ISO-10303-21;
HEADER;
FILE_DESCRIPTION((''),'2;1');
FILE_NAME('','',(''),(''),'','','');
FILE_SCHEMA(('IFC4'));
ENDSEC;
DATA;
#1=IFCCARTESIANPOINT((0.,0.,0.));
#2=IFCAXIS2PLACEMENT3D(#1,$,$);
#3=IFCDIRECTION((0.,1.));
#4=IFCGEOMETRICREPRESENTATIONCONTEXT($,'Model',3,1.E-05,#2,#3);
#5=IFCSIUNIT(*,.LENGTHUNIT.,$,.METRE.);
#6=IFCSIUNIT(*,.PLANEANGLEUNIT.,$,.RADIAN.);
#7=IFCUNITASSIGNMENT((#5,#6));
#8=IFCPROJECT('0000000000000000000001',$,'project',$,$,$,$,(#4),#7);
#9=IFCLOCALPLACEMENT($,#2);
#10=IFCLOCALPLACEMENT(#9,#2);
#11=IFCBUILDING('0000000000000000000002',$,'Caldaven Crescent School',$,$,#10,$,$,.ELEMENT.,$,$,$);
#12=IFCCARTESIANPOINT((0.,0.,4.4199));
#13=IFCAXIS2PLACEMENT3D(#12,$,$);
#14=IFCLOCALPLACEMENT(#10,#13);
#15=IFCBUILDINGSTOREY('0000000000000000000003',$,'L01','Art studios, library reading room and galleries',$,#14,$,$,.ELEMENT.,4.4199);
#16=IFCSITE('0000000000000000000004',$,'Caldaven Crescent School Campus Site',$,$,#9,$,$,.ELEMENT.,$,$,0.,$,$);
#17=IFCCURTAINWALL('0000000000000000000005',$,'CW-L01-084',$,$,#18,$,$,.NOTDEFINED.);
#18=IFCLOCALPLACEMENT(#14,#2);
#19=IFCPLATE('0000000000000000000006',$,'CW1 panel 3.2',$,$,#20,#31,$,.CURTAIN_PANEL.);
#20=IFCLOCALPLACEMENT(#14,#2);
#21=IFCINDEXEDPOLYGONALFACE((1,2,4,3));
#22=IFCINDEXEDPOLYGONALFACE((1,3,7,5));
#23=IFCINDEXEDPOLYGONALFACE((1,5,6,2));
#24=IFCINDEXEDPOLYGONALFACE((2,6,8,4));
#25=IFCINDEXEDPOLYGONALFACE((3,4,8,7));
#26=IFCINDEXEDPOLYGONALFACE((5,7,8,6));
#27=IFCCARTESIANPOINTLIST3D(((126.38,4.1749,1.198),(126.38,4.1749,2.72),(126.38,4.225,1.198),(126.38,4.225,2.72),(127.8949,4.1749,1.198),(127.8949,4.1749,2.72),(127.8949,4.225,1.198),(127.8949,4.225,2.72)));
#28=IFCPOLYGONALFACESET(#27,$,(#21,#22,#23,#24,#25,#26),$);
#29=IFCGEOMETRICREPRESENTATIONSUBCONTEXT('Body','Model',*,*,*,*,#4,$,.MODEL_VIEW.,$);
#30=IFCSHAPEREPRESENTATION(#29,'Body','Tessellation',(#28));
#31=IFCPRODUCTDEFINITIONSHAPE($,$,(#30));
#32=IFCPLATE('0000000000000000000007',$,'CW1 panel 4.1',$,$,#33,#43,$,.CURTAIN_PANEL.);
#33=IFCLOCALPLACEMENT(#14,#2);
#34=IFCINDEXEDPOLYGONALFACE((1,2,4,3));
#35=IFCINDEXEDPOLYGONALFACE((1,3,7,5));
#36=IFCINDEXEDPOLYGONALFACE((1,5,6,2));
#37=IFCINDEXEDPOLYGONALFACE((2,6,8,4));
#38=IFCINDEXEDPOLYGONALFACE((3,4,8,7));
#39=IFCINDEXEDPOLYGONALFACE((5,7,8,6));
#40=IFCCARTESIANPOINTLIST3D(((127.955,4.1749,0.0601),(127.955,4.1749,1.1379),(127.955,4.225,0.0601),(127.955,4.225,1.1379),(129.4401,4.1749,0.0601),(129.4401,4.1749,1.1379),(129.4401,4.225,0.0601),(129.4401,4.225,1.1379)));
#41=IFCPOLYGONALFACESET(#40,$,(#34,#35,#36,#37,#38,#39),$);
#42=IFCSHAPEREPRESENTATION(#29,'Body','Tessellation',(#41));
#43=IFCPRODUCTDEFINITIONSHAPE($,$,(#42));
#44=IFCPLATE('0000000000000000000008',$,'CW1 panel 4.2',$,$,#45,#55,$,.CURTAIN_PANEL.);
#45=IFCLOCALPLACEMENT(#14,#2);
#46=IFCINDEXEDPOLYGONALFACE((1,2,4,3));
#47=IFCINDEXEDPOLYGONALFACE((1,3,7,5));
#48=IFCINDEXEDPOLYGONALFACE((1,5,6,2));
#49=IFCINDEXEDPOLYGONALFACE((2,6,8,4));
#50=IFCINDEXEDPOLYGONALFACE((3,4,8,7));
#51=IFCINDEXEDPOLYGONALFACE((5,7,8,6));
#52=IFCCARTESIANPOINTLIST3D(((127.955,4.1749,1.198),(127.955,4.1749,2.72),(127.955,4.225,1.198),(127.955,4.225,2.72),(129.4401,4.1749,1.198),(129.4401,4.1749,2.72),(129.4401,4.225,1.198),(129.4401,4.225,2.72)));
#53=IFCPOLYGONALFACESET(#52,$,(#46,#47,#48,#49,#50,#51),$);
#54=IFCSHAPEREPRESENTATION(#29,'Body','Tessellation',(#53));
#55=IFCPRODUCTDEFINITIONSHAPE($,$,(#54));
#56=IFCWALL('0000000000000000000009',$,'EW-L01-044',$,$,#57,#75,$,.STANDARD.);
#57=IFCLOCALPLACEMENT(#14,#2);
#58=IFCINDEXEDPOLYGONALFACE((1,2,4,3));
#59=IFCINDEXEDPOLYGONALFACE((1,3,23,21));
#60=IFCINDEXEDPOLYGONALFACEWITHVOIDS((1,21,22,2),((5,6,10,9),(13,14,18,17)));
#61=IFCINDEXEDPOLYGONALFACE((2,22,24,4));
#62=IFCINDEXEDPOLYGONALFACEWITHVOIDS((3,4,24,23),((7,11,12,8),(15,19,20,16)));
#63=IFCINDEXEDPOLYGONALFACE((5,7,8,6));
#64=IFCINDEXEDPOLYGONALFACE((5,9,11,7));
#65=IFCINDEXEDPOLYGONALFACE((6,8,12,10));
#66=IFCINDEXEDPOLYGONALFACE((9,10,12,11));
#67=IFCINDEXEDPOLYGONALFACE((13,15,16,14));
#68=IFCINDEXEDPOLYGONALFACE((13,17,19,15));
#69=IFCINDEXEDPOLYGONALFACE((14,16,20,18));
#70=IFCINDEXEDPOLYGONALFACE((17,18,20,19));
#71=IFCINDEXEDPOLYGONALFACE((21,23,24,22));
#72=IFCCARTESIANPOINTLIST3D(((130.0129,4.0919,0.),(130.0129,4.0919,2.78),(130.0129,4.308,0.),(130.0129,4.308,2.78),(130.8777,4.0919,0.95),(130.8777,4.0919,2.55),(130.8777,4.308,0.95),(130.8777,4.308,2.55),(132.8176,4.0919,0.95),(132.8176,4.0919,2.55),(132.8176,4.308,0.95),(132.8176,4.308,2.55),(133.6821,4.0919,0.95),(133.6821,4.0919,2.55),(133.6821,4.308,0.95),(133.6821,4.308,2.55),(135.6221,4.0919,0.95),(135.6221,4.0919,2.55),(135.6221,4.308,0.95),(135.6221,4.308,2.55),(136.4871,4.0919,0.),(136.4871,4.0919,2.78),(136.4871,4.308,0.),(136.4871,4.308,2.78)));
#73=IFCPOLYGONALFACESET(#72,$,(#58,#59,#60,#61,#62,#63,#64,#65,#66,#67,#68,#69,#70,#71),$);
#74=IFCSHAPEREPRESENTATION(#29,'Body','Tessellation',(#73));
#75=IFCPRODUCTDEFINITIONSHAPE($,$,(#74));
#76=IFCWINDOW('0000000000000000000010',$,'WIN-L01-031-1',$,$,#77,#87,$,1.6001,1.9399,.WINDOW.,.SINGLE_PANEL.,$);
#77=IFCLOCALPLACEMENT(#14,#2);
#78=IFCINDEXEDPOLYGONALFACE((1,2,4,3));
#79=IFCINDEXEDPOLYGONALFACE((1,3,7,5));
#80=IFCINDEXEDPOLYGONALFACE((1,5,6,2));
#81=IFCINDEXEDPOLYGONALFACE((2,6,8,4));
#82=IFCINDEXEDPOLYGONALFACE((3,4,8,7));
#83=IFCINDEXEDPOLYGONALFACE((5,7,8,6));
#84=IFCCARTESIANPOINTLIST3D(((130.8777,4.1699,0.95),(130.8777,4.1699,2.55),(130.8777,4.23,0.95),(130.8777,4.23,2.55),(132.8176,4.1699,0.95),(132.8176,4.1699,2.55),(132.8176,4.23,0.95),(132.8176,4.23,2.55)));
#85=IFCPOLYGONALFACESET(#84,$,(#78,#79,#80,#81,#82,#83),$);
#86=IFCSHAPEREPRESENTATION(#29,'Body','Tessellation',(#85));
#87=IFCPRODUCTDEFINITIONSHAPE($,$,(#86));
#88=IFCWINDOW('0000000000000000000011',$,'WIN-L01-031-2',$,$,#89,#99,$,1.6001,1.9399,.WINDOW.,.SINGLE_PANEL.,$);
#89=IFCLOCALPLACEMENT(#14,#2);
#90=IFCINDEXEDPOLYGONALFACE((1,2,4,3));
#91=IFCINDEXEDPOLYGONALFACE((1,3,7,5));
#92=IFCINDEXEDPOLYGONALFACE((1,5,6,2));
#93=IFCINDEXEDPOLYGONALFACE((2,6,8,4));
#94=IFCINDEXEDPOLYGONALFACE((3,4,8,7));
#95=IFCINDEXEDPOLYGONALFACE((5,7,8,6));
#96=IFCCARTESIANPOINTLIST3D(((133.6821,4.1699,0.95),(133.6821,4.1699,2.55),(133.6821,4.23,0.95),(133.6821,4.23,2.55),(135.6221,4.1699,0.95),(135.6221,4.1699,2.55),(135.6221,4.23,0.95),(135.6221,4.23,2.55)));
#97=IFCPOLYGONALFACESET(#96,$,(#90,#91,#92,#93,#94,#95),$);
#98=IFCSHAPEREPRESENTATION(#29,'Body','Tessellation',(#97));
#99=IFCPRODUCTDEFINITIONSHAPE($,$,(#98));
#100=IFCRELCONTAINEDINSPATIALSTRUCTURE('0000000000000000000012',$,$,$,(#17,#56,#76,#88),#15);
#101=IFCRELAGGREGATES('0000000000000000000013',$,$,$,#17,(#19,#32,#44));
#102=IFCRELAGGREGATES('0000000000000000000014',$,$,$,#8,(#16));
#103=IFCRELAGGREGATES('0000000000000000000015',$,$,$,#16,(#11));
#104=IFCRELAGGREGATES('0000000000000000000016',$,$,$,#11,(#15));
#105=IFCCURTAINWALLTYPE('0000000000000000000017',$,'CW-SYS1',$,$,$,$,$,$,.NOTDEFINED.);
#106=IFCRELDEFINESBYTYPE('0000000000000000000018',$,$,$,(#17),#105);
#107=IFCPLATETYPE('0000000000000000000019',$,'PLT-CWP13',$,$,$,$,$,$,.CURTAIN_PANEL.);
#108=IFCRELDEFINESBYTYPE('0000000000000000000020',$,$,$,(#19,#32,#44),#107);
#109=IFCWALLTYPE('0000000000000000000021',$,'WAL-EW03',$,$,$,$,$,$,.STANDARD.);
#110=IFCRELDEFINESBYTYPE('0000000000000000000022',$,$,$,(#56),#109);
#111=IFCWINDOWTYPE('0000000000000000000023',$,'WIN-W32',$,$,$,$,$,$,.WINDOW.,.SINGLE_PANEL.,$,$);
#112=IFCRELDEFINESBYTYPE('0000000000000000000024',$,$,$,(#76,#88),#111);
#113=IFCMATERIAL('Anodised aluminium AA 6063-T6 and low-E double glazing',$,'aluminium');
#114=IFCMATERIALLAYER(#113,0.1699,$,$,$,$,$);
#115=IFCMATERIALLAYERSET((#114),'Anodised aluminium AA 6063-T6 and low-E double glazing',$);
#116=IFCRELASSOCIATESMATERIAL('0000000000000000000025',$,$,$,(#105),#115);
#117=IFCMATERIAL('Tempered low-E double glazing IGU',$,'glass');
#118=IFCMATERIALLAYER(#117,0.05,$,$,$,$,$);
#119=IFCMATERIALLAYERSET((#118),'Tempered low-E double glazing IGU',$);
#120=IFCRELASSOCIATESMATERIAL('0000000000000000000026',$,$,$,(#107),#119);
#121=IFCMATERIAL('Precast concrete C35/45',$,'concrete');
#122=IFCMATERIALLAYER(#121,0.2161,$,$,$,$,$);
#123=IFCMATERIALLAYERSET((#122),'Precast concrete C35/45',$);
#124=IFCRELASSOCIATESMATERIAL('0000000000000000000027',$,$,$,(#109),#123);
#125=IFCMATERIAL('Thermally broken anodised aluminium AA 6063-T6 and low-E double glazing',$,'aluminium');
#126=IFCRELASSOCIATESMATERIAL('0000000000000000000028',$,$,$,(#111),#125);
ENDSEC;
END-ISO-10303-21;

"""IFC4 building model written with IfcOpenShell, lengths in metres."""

from ifc_helpers import new_model, si_unit, direction, frame, frame_2d, origin, origin_2d, place, context, subcontext, project, spatial, rectangle, extrude, material, layer, layer_set, type_object, element, fill, aggregate, save


model = new_model("IFC4")

# Units and contexts
model_context = context("Model", 3, precision=1e-05, world=origin(), true_north=direction((0.0, 1.0)))
body_context = subcontext(model_context, "Body", "Model", "MODEL_VIEW")
ifc_project = project(units=[si_unit("LENGTHUNIT", "METRE"), si_unit("PLANEANGLEUNIT", "RADIAN")], contexts=[model_context])

# Site, building, storey
site_placement = place(None, origin())
site = spatial("IfcSite", under=ifc_project, at=site_placement, Name="Caldaven Crescent School Campus Site", CompositionType="ELEMENT", RefElevation=0.0)
building_placement = place(site_placement, origin())
building = spatial("IfcBuilding", under=site, at=building_placement, Name="Caldaven Crescent School", CompositionType="ELEMENT")
storey_placement = place(building_placement, frame((0.0, 0.0, 4.4199)))
storey = spatial("IfcBuildingStorey", under=building, at=storey_placement, Name="L01", Description="Art studios, library reading room and galleries", CompositionType="ELEMENT", Elevation=4.4199)

# Curtain wall, plates
ifc_material_1 = material(Name="Anodised aluminium AA 6063-T6 and low-E double glazing", Category="aluminium")
ifc_layer_1 = layer(ifc_material_1, 0.1699)
ifc_layer_set_1 = layer_set([ifc_layer_1], Name="Anodised aluminium AA 6063-T6 and low-E double glazing")
curtain_wall_type = type_object("IfcCurtainWallType", Name="CW-SYS1", PredefinedType="NOTDEFINED", material=ifc_layer_set_1)
curtain_wall_placement = place(storey_placement, origin())
curtain_wall = element("IfcCurtainWall", 1, at=curtain_wall_placement, inside=storey, type_object=curtain_wall_type, Name="CW-L01-084", PredefinedType="NOTDEFINED")
ifc_material_2 = material(Name="Tempered low-E double glazing IGU", Category="glass")
ifc_layer_2 = layer(ifc_material_2, 0.05)
ifc_layer_set_2 = layer_set([ifc_layer_2], Name="Tempered low-E double glazing IGU")
plate_type = type_object("IfcPlateType", Name="PLT-CWP13", PredefinedType="CURTAIN_PANEL", material=ifc_layer_set_2)
plate_1_placement = place(storey_placement, frame((127.1375, 4.2, 1.198), z_axis=(0.0, 0.0, 1.0), x_axis=(1.0, 0.0, 0.0)))
plate_1 = element("IfcPlate", 2, at=plate_1_placement, type_object=plate_type, Name="CW1 panel 3.2", PredefinedType="CURTAIN_PANEL", context=body_context, shape_type="SweptSolid", body=[
    extrude(rectangle(XDim=1.5149, YDim=0.05, at=origin_2d()), origin(), (0.0, 0.0, 1.0), 1.522),
])
plate_2_placement = place(storey_placement, frame((128.6975, 4.2, 0.0601), z_axis=(0.0, 0.0, 1.0), x_axis=(1.0, 0.0, 0.0)))
plate_2 = element("IfcPlate", 3, at=plate_2_placement, type_object=plate_type, Name="CW1 panel 4.1", PredefinedType="CURTAIN_PANEL", context=body_context, shape_type="SweptSolid", body=[
    extrude(rectangle(XDim=1.4851, YDim=0.05, at=origin_2d()), origin(), (0.0, 0.0, 1.0), 1.0779),
])
plate_3_placement = place(storey_placement, frame((128.6975, 4.2, 1.198), z_axis=(0.0, 0.0, 1.0), x_axis=(1.0, 0.0, 0.0)))
plate_3 = element("IfcPlate", 4, at=plate_3_placement, type_object=plate_type, Name="CW1 panel 4.2", PredefinedType="CURTAIN_PANEL", context=body_context, shape_type="SweptSolid", body=[
    extrude(rectangle(XDim=1.4851, YDim=0.05, at=origin_2d()), origin(), (0.0, 0.0, 1.0), 1.522),
])
aggregate(curtain_wall, [plate_1, plate_2, plate_3])

# Wall, openings, windows
ifc_material_3 = material(Name="Precast concrete C35/45", Category="concrete")
ifc_layer_3 = layer(ifc_material_3, 0.2161)
ifc_layer_set_3 = layer_set([ifc_layer_3], Name="Precast concrete C35/45")
wall_type = type_object("IfcWallType", Name="WAL-EW03", PredefinedType="STANDARD", material=ifc_layer_set_3)
wall_placement = place(storey_placement, frame((130.0129, 4.2, 0.0), z_axis=(0.0, 0.0, 1.0), x_axis=(1.0, 0.0, 0.0)))
wall = element("IfcWall", 5, at=wall_placement, inside=storey, type_object=wall_type, Name="EW-L01-044", PredefinedType="STANDARD", context=body_context, shape_type="SweptSolid", body=[
    extrude(rectangle(XDim=6.4741, YDim=0.2161, at=frame_2d((3.2371, 0.0))), origin(), (0.0, 0.0, 1.0), 2.78),
])
opening_1_placement = place(wall_placement, frame((0.8647, 0.0, 0.95)))
opening_1 = element("IfcOpeningElement", 6, at=opening_1_placement, cuts=wall, PredefinedType="OPENING", context=body_context, shape_type="SweptSolid", body=[
    extrude(rectangle(XDim=1.9399, YDim=1.6001, at=frame_2d((0.97, 0.8))), frame((0.0, 0.1179, 0.0), z_axis=(0.0, -1.0, 0.0), x_axis=(1.0, 0.0, 0.0)), (0.0, 0.0, 1.0), 0.2361),
])
opening_2_placement = place(wall_placement, frame((3.6692, 0.0, 0.95)))
opening_2 = element("IfcOpeningElement", 7, at=opening_2_placement, cuts=wall, PredefinedType="OPENING", context=body_context, shape_type="SweptSolid", body=[
    extrude(rectangle(XDim=1.9399, YDim=1.6001, at=frame_2d((0.97, 0.8))), frame((0.0, 0.1179, 0.0), z_axis=(0.0, -1.0, 0.0), x_axis=(1.0, 0.0, 0.0)), (0.0, 0.0, 1.0), 0.2361),
])
ifc_material_4 = material(Name="Thermally broken anodised aluminium AA 6063-T6 and low-E double glazing", Category="aluminium")
window_type = type_object("IfcWindowType", Name="WIN-W32", PartitioningType="SINGLE_PANEL", PredefinedType="WINDOW", material=ifc_material_4)
window_1_placement = place(opening_1_placement, origin())
window_1 = element("IfcWindow", 8, at=window_1_placement, inside=storey, type_object=window_type, Name="WIN-L01-031-1", OverallHeight=1.6001, OverallWidth=1.9399, PartitioningType="SINGLE_PANEL", PredefinedType="WINDOW", context=body_context, shape_type="SweptSolid", body=[
    extrude(rectangle(XDim=1.9399, YDim=1.6001, at=frame_2d((0.97, 0.8))), frame((0.0, 0.03, 0.0), z_axis=(0.0, -1.0, 0.0), x_axis=(1.0, 0.0, 0.0)), (0.0, 0.0, 1.0), 0.0601),
])
fill(opening_1, window_1)
window_2_placement = place(opening_2_placement, origin())
window_2 = element("IfcWindow", 9, at=window_2_placement, inside=storey, type_object=window_type, Name="WIN-L01-031-2", OverallHeight=1.6001, OverallWidth=1.9399, PartitioningType="SINGLE_PANEL", PredefinedType="WINDOW", context=body_context, shape_type="SweptSolid", body=[
    extrude(rectangle(XDim=1.9399, YDim=1.6001, at=frame_2d((0.97, 0.8))), frame((0.0, 0.03, 0.0), z_axis=(0.0, -1.0, 0.0), x_axis=(1.0, 0.0, 0.0)), (0.0, 0.0, 1.0), 0.0601),
])
fill(opening_2, window_2)

save(model, "model.ifc")
